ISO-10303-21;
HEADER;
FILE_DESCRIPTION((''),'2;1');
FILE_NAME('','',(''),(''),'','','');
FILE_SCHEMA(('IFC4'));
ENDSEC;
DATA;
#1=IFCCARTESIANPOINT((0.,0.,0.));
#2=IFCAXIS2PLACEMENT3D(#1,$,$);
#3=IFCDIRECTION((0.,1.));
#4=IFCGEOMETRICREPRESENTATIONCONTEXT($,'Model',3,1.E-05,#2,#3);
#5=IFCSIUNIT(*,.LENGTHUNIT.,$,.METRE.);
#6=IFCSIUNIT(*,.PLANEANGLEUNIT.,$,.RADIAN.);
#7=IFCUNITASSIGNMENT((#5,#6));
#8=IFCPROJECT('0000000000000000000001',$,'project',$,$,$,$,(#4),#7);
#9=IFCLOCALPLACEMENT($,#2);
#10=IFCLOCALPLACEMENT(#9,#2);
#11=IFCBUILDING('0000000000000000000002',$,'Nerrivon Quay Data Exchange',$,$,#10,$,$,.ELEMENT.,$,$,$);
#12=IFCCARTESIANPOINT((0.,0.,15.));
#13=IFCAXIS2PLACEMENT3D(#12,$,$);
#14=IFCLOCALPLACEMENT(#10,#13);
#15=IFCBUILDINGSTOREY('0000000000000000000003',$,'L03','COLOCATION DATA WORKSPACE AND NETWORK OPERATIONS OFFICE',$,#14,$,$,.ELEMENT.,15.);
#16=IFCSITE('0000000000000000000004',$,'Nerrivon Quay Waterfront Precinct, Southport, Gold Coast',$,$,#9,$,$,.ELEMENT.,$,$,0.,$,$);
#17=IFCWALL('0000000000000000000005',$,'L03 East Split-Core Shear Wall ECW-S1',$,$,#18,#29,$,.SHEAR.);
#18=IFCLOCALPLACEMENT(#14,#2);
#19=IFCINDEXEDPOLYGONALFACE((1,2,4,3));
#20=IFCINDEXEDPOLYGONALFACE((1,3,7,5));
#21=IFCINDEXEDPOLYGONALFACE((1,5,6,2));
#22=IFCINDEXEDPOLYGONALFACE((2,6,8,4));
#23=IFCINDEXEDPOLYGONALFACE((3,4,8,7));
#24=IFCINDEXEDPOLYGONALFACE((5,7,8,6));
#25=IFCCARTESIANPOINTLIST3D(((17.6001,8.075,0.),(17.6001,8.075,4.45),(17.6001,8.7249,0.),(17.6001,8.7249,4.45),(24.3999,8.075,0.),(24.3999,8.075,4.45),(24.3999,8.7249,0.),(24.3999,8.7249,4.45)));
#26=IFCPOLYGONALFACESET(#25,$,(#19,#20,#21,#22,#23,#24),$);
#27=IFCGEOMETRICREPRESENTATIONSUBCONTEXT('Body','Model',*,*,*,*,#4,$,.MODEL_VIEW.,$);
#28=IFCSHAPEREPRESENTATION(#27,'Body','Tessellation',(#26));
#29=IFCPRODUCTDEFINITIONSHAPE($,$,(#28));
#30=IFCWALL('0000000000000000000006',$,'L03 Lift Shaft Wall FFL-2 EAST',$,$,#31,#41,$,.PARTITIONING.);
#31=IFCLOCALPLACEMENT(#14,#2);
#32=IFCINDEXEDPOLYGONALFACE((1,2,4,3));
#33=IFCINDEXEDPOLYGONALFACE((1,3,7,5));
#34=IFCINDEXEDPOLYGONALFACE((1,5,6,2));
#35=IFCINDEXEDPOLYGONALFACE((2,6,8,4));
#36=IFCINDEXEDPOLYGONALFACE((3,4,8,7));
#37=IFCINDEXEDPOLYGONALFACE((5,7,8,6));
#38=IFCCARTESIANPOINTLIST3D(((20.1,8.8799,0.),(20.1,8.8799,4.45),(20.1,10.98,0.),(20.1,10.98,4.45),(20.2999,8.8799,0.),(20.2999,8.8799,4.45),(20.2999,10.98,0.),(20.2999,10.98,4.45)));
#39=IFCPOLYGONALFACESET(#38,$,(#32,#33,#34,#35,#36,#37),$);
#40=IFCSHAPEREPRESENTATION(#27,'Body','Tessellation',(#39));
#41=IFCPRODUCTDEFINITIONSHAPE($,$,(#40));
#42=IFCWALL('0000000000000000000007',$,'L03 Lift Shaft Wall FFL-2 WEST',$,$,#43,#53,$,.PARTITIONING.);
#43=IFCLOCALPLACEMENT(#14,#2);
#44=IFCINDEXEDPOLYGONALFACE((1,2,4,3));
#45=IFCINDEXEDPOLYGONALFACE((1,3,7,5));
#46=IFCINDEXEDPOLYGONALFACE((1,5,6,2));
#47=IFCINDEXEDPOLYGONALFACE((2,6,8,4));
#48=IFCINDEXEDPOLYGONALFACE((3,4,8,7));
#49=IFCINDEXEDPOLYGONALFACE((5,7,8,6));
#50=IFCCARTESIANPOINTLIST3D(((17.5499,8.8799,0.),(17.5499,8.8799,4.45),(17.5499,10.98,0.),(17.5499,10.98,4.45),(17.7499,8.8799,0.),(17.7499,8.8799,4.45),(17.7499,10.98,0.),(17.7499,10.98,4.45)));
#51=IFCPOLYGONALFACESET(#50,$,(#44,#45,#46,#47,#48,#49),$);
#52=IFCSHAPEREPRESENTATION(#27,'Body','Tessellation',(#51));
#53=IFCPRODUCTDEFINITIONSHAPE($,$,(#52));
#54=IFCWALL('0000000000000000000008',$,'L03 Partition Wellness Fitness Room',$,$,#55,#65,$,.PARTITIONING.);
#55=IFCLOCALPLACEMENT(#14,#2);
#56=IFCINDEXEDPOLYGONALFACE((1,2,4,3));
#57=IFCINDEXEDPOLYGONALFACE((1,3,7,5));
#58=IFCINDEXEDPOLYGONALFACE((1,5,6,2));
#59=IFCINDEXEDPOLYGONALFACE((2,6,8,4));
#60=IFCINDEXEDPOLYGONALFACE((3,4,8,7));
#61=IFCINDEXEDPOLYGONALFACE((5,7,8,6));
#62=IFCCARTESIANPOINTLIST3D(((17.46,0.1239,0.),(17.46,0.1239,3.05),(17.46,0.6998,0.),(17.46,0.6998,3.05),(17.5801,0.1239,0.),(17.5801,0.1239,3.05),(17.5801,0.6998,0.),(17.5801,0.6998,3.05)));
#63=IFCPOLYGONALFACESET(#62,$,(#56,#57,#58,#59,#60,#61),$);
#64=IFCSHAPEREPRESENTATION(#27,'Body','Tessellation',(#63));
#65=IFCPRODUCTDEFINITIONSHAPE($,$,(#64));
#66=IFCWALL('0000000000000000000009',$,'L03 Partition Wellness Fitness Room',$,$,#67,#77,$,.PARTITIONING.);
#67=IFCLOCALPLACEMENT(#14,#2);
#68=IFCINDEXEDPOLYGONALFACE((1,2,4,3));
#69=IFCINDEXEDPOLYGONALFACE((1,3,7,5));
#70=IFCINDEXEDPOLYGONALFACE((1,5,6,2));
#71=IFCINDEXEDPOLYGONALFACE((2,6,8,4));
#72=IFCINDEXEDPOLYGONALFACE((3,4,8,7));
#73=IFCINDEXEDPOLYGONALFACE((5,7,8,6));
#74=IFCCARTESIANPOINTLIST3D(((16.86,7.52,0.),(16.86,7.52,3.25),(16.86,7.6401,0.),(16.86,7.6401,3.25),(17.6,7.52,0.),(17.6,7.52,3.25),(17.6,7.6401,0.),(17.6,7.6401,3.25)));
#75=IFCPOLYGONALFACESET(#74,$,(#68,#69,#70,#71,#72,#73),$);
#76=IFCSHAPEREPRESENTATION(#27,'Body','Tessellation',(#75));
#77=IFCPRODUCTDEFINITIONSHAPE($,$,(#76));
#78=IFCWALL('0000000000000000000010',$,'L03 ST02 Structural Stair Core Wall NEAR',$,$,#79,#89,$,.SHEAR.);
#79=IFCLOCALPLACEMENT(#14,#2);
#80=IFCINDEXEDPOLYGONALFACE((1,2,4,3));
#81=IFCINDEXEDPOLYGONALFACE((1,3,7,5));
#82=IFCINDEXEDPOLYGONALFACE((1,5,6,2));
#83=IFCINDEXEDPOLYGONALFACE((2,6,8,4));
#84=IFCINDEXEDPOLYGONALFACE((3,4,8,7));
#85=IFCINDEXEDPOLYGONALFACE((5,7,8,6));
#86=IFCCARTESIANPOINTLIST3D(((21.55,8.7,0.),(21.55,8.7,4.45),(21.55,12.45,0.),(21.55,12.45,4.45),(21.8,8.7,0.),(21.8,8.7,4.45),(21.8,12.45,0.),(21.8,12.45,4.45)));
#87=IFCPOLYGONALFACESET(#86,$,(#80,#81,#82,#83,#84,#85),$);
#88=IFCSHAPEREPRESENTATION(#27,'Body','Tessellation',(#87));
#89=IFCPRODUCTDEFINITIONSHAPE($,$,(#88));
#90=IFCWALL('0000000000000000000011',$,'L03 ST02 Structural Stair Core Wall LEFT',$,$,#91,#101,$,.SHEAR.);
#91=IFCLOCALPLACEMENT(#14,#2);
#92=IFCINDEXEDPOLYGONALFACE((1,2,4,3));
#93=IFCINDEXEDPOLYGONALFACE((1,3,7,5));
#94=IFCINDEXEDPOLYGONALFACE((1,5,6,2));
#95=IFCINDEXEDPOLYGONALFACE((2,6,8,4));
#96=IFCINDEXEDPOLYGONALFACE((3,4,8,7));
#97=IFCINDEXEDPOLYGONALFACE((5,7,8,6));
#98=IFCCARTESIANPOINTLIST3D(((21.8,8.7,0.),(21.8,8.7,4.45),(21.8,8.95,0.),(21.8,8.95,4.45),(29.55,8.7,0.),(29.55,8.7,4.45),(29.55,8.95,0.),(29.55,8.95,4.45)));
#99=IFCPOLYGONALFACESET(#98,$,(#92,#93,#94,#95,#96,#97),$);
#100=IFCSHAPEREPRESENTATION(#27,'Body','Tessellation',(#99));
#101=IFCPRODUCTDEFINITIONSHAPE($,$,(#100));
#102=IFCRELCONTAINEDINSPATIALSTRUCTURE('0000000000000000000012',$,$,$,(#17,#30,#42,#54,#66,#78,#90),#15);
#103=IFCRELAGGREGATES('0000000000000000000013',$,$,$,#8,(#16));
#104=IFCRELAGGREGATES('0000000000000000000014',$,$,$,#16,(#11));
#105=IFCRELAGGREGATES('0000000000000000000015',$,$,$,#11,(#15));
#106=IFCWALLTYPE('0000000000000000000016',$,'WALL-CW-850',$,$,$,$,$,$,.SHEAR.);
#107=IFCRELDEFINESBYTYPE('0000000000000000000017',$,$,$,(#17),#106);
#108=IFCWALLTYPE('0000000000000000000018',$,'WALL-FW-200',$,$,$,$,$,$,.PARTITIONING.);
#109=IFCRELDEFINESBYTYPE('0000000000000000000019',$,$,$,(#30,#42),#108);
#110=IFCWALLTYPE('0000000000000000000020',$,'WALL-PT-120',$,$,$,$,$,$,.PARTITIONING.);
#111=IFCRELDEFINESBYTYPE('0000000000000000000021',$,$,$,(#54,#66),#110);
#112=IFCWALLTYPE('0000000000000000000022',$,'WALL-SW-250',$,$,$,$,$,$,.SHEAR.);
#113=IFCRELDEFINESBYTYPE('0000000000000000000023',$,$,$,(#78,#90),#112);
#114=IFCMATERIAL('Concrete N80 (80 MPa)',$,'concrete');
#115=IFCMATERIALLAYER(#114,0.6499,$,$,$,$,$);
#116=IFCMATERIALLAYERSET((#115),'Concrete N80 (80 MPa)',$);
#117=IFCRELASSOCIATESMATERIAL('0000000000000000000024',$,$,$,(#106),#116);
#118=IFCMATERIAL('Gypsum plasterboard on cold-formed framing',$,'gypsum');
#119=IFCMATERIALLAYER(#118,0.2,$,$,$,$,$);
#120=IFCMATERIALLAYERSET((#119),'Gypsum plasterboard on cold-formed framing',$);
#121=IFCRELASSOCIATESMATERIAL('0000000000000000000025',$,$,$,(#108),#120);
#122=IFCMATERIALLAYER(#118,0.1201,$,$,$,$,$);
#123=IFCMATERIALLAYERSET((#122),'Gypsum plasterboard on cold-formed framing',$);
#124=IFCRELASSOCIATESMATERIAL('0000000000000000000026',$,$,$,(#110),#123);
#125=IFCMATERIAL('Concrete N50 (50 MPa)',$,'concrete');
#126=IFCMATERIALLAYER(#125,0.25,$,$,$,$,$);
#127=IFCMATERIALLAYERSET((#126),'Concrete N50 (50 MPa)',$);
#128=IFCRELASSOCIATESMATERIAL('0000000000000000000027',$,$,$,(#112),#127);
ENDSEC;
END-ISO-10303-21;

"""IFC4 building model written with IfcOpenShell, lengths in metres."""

from ifc_helpers import new_model, si_unit, direction, frame, frame_2d, origin, place, context, subcontext, project, spatial, rectangle, extrude, material, layer, layer_set, type_object, element, save


model = new_model("IFC4")

# Units and contexts
model_context = context("Model", 3, precision=1e-05, world=origin(), true_north=direction((0.0, 1.0)))
body_context = subcontext(model_context, "Body", "Model", "MODEL_VIEW")
ifc_project = project(units=[si_unit("LENGTHUNIT", "METRE"), si_unit("PLANEANGLEUNIT", "RADIAN")], contexts=[model_context])

# Site, building, storey
site_placement = place(None, origin())
site = spatial("IfcSite", under=ifc_project, at=site_placement, Name="Nerrivon Quay Waterfront Precinct, Southport, Gold Coast", CompositionType="ELEMENT", RefElevation=0.0)
building_placement = place(site_placement, origin())
building = spatial("IfcBuilding", under=site, at=building_placement, Name="Nerrivon Quay Data Exchange", CompositionType="ELEMENT")
storey_placement = place(building_placement, frame((0.0, 0.0, 15.0)))
storey = spatial("IfcBuildingStorey", under=building, at=storey_placement, Name="L03", Description="COLOCATION DATA WORKSPACE AND NETWORK OPERATIONS OFFICE", CompositionType="ELEMENT", Elevation=15.0)

# Shared definitions
ifc_material_1 = material(Name="Concrete N80 (80 MPa)", Category="concrete")
ifc_material_2 = material(Name="Concrete N50 (50 MPa)", Category="concrete")

# Walls
ifc_layer_1 = layer(ifc_material_1, 0.6499)
ifc_layer_set_1 = layer_set([ifc_layer_1], Name="Concrete N80 (80 MPa)")
wall_type_1 = type_object("IfcWallType", Name="WALL-CW-850", PredefinedType="SHEAR", material=ifc_layer_set_1)
wall_1_placement = place(storey_placement, frame((17.6001, 8.3999, 0.0), z_axis=(0.0, 0.0, 1.0), x_axis=(1.0, 0.0, 0.0)))
element("IfcWall", 1, at=wall_1_placement, inside=storey, type_object=wall_type_1, Name="L03 East Split-Core Shear Wall ECW-S1", PredefinedType="SHEAR", context=body_context, shape_type="SweptSolid", body=[
    extrude(rectangle(XDim=6.7998, YDim=0.6499, at=frame_2d((3.3999, 0.0))), origin(), (0.0, 0.0, 1.0), 4.45),
])
ifc_material_3 = material(Name="Gypsum plasterboard on cold-formed framing", Category="gypsum")
ifc_layer_2 = layer(ifc_material_3, 0.2)
ifc_layer_set_2 = layer_set([ifc_layer_2], Name="Gypsum plasterboard on cold-formed framing")
wall_type_2 = type_object("IfcWallType", Name="WALL-FW-200", PredefinedType="PARTITIONING", material=ifc_layer_set_2)
for number, where, z_axis, x_axis, name in (
    (2, (20.2, 8.8799, 0.0), (0.0, 0.0, 1.0), (0.0, 1.0, 0.0), "L03 Lift Shaft Wall FFL-2 EAST"),
    (3, (17.6499, 8.8799, 0.0), (0.0, 0.0, 1.0), (0.0, 1.0, 0.0), "L03 Lift Shaft Wall FFL-2 WEST"),
):
    element("IfcWall", number, at=place(storey_placement, frame(where, z_axis=z_axis, x_axis=x_axis)), inside=storey, type_object=wall_type_2, Name=name, PredefinedType="PARTITIONING", context=body_context, shape_type="SweptSolid", body=[
        extrude(rectangle(XDim=2.1001, YDim=0.2, at=frame_2d((1.05, 0.0))), origin(), (0.0, 0.0, 1.0), 4.45),
    ])
ifc_layer_3 = layer(ifc_material_3, 0.1201)
ifc_layer_set_3 = layer_set([ifc_layer_3], Name="Gypsum plasterboard on cold-formed framing")
wall_type_3 = type_object("IfcWallType", Name="WALL-PT-120", PredefinedType="PARTITIONING", material=ifc_layer_set_3)
wall_2_placement = place(storey_placement, frame((17.52, 0.7, 0.0), z_axis=(0.0, 0.0, 1.0), x_axis=(0.0, -1.0, 0.0)))
element("IfcWall", 4, at=wall_2_placement, inside=storey, type_object=wall_type_3, Name="L03 Partition Wellness Fitness Room", PredefinedType="PARTITIONING", context=body_context, shape_type="SweptSolid", body=[
    extrude(rectangle(XDim=0.5759, YDim=0.1201, at=frame_2d((0.2881, 0.0))), origin(), (0.0, 0.0, 1.0), 3.05),
])
wall_3_placement = place(storey_placement, frame((17.6001, 7.5801, 0.0), z_axis=(0.0, 0.0, 1.0), x_axis=(-1.0, 0.0, 0.0)))
element("IfcWall", 5, at=wall_3_placement, inside=storey, type_object=wall_type_3, Name="L03 Partition Wellness Fitness Room", PredefinedType="PARTITIONING", context=body_context, shape_type="SweptSolid", body=[
    extrude(rectangle(XDim=0.74, YDim=0.1201, at=frame_2d((0.3701, 0.0))), origin(), (0.0, 0.0, 1.0), 3.25),
])

# Walls
ifc_layer_4 = layer(ifc_material_2, 0.25)
ifc_layer_set_4 = layer_set([ifc_layer_4], Name="Concrete N50 (50 MPa)")
wall_type_4 = type_object("IfcWallType", Name="WALL-SW-250", PredefinedType="SHEAR", material=ifc_layer_set_4)
wall_4_placement = place(storey_placement, frame((21.675, 8.7, 0.0), z_axis=(0.0, 0.0, 1.0), x_axis=(0.0, 1.0, 0.0)))
element("IfcWall", 6, at=wall_4_placement, inside=storey, type_object=wall_type_4, Name="L03 ST02 Structural Stair Core Wall NEAR", PredefinedType="SHEAR", context=body_context, shape_type="SweptSolid", body=[
    extrude(rectangle(XDim=3.75, YDim=0.25, at=frame_2d((1.875, 0.0))), origin(), (0.0, 0.0, 1.0), 4.45),
])
wall_5_placement = place(storey_placement, frame((21.8, 8.825, 0.0), z_axis=(0.0, 0.0, 1.0), x_axis=(1.0, 0.0, 0.0)))
element("IfcWall", 7, at=wall_5_placement, inside=storey, type_object=wall_type_4, Name="L03 ST02 Structural Stair Core Wall LEFT", PredefinedType="SHEAR", context=body_context, shape_type="SweptSolid", body=[
    extrude(rectangle(XDim=7.75, YDim=0.25, at=frame_2d((3.875, 0.0))), origin(), (0.0, 0.0, 1.0), 4.45),
])

save(model, "model.ifc")
